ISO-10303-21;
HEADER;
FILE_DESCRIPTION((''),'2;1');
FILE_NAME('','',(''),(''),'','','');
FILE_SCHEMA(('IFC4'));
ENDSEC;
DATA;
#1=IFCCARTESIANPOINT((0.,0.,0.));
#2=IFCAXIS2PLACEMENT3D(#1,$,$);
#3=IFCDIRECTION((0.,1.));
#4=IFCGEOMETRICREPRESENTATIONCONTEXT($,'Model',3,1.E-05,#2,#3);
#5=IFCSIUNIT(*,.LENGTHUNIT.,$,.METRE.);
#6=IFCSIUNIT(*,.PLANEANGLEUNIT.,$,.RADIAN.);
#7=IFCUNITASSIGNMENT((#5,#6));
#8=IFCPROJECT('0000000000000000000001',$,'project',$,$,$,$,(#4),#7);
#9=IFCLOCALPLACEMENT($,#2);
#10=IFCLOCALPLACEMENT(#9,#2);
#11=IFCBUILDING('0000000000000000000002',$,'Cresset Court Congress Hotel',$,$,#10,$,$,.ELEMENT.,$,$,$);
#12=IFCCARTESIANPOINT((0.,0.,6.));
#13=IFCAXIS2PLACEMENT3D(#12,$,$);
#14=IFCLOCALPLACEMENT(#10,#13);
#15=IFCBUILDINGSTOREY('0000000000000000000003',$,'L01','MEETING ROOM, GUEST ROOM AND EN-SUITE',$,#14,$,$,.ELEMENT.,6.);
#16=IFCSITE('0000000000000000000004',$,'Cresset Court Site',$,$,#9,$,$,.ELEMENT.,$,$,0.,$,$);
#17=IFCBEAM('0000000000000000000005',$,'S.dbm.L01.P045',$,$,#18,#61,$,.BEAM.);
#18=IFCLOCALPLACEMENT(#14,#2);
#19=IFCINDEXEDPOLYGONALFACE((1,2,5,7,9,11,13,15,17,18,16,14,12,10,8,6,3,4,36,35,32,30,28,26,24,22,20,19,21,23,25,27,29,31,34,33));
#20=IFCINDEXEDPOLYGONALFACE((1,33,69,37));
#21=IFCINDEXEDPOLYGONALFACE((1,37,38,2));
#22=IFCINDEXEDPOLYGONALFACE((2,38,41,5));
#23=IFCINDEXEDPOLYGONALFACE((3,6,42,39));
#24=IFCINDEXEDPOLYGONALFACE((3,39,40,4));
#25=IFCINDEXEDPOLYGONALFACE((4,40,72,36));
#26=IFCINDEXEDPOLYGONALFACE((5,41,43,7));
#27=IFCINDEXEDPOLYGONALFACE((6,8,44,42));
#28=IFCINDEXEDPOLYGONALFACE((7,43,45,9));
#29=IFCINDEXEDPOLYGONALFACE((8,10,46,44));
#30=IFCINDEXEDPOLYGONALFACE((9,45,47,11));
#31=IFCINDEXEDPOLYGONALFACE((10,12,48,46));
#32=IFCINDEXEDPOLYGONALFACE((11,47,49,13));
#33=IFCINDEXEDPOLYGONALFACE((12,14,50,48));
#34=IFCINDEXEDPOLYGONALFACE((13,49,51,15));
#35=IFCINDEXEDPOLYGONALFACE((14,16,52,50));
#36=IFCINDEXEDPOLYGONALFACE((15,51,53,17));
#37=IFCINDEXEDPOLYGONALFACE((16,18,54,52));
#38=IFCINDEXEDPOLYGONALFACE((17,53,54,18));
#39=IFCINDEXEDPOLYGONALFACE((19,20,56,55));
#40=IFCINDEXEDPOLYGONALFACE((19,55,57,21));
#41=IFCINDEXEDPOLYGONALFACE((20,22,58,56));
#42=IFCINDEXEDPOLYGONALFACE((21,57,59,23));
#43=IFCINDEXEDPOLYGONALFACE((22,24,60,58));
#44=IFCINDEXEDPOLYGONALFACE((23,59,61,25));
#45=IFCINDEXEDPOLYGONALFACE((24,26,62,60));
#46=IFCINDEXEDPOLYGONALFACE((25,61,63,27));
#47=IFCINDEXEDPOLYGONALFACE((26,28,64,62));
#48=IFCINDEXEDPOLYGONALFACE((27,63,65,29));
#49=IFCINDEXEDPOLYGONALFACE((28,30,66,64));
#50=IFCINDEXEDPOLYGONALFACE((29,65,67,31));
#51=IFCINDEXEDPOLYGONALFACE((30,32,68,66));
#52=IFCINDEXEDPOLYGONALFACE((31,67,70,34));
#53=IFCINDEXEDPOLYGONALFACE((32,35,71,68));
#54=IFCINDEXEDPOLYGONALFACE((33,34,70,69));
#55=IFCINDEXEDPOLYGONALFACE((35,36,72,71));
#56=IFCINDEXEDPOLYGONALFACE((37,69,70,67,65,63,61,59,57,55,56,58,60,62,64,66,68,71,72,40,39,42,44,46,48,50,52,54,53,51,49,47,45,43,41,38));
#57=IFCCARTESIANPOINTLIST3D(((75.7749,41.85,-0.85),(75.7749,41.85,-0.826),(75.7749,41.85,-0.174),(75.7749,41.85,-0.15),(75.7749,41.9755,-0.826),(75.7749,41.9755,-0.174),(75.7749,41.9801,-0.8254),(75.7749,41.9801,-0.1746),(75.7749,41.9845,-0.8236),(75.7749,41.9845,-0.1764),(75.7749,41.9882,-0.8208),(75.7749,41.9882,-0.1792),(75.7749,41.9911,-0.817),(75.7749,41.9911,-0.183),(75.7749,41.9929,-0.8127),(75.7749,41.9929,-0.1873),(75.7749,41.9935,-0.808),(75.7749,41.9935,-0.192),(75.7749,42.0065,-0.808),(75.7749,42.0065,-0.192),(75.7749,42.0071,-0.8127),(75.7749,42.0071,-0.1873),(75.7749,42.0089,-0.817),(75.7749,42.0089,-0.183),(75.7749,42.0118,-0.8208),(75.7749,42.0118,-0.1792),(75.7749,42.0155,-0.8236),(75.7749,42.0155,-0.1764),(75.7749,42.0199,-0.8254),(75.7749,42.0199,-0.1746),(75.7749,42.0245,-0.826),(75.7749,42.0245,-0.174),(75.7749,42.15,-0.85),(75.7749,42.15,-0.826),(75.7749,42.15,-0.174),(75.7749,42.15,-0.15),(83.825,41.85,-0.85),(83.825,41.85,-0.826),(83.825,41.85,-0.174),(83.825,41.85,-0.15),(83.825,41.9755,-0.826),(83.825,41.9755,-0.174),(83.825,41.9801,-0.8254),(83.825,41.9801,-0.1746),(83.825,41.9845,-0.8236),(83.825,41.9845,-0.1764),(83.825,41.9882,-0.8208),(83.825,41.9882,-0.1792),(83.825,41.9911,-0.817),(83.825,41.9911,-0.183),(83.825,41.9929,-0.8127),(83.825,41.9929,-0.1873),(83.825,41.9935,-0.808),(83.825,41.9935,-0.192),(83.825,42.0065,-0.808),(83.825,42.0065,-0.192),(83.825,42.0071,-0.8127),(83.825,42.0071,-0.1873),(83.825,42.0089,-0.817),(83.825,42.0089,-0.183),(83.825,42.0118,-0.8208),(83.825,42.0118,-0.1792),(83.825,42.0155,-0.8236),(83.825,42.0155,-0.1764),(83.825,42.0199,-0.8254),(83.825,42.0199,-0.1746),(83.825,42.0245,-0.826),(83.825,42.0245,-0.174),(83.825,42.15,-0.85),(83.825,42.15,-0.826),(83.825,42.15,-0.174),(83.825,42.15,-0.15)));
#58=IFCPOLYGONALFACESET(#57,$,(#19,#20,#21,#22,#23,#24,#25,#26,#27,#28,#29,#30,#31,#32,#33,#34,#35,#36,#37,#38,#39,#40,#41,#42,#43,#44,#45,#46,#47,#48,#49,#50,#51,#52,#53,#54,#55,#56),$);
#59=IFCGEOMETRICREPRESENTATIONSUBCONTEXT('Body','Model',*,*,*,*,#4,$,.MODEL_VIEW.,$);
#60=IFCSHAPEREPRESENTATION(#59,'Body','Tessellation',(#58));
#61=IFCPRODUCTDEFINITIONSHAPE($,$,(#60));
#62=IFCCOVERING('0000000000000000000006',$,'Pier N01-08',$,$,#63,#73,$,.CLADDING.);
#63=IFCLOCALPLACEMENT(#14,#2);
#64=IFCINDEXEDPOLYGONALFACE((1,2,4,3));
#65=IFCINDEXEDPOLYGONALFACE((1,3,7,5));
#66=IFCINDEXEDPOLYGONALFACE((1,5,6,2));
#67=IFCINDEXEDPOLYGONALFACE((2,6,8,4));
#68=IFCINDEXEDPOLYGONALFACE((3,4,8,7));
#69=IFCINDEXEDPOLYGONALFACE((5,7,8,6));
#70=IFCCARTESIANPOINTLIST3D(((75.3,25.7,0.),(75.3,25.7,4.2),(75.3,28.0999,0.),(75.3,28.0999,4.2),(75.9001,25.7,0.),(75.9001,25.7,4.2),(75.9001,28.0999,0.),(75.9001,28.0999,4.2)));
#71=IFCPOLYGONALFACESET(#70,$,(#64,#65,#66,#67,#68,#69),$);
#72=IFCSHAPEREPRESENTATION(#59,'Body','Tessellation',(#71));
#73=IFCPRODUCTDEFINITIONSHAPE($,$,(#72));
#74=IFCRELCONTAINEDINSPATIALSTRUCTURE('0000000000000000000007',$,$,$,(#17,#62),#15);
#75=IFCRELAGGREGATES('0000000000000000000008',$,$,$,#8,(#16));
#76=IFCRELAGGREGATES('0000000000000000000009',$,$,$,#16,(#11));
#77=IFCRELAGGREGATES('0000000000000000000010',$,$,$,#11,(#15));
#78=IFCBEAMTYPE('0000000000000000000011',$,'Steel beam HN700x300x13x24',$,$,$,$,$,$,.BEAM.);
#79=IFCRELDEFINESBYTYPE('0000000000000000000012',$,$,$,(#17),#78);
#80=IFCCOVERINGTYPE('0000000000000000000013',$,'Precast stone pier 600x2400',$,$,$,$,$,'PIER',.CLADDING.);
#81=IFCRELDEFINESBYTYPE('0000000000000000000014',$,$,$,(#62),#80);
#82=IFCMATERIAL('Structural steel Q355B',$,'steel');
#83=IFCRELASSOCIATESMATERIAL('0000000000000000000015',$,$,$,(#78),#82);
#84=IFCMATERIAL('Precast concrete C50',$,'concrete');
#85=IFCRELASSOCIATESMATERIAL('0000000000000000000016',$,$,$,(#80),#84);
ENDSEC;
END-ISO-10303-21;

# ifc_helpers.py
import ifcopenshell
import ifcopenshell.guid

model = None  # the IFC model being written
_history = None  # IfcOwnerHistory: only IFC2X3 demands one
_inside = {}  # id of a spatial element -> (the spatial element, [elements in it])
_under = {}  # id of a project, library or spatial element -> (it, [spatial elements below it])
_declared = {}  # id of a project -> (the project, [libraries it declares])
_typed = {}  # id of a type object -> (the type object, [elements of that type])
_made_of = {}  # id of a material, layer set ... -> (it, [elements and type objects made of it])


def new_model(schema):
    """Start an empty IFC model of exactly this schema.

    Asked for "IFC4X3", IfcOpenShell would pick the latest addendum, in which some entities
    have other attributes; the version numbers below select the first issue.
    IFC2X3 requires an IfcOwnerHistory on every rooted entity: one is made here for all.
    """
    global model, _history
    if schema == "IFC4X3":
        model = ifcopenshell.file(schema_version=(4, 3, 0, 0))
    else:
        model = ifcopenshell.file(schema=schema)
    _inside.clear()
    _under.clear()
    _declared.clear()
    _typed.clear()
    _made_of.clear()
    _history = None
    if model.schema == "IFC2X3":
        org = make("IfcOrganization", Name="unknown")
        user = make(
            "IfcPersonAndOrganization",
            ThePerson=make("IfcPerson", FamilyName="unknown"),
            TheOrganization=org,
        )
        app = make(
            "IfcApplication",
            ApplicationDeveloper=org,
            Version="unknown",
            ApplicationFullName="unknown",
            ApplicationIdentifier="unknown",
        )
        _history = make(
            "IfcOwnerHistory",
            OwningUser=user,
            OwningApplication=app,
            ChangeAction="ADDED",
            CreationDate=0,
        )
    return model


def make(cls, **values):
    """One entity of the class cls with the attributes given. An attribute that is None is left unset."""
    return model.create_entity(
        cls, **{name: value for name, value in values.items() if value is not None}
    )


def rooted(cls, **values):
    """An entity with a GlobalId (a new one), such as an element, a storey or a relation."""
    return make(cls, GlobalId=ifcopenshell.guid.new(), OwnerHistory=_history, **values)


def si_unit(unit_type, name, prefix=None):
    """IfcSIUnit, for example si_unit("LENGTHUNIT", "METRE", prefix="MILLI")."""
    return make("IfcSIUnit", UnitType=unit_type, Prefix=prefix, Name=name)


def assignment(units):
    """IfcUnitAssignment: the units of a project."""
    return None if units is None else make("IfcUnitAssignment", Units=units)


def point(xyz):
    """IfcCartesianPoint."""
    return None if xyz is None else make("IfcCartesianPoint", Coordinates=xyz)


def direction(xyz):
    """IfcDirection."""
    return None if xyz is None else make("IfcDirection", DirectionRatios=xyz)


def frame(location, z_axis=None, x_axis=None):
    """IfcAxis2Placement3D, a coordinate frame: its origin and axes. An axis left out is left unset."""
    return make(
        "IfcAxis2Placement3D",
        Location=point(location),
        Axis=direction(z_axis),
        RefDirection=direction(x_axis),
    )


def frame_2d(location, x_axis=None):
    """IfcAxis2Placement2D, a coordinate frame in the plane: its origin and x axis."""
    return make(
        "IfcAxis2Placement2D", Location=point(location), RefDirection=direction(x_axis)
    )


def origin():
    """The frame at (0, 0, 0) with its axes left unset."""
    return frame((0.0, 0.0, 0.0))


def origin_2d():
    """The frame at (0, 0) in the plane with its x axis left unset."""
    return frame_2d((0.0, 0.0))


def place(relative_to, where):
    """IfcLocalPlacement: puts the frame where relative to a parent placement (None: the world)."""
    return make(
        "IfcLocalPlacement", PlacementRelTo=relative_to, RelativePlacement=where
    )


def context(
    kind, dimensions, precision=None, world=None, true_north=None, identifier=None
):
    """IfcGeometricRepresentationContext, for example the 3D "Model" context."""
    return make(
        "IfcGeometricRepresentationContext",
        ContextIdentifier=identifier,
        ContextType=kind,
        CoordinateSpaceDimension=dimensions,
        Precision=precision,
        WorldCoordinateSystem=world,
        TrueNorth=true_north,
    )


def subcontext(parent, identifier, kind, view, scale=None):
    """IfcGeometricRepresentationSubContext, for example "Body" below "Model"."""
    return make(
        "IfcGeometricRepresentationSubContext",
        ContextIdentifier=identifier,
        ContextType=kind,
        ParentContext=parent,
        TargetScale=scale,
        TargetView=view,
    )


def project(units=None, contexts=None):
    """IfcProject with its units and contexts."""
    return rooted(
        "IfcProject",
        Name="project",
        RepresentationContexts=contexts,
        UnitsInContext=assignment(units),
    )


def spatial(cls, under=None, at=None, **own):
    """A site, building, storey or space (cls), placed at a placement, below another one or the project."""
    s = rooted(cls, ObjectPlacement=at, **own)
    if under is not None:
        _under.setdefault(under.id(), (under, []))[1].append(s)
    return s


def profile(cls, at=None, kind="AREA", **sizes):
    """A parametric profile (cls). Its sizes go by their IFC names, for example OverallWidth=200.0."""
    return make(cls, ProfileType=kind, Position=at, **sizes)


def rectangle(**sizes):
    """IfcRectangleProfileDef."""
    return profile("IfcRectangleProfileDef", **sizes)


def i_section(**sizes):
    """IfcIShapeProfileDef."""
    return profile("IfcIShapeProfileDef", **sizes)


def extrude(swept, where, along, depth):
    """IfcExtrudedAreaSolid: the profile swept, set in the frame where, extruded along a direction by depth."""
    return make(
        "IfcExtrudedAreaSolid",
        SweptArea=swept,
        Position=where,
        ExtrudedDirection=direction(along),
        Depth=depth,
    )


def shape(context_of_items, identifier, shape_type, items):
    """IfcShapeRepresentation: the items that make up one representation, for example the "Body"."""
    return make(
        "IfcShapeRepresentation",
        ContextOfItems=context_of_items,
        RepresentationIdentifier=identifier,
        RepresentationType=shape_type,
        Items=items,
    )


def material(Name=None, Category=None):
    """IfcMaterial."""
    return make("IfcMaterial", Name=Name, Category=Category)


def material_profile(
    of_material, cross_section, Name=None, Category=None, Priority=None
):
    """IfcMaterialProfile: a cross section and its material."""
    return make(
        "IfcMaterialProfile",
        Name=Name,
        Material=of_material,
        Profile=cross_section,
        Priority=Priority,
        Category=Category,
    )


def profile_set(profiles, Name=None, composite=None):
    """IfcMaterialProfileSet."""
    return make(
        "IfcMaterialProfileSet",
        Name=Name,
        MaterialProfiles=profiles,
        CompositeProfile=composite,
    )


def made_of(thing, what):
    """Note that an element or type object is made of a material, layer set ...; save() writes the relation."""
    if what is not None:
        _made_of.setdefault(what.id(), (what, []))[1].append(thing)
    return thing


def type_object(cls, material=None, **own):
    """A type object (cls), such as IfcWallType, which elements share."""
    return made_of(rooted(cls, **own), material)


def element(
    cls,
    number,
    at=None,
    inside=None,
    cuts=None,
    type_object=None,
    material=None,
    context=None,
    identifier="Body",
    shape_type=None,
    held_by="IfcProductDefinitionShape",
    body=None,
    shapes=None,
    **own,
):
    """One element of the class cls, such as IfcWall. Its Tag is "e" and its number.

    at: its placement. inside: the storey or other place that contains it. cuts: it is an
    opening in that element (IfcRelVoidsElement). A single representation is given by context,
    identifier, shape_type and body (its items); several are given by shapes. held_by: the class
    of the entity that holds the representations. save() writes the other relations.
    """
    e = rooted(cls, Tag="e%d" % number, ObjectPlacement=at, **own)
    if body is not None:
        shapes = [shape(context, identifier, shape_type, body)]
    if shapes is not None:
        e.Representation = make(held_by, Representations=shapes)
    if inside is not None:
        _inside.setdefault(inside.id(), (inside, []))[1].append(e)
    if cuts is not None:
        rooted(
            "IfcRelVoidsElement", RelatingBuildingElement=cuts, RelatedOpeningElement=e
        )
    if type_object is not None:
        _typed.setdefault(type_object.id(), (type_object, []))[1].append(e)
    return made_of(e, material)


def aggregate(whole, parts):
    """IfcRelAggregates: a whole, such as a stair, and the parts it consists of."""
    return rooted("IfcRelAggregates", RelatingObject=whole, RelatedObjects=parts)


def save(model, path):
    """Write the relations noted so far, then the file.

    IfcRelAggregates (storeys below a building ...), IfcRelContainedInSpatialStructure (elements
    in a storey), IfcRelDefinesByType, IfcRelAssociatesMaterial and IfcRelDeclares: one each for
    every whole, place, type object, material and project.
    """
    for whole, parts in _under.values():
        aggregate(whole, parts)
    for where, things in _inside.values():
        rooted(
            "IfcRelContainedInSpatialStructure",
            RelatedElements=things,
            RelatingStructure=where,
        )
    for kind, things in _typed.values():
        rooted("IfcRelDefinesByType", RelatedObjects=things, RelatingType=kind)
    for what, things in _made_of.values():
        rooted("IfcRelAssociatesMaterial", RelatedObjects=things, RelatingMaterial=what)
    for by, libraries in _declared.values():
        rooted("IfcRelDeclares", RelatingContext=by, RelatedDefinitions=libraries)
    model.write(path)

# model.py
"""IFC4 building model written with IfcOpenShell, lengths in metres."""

from ifc_helpers import new_model, si_unit, direction, frame, origin, origin_2d, place, context, subcontext, project, spatial, rectangle, i_section, extrude, material, material_profile, profile_set, type_object, element, save


model = new_model("IFC4")

# Units and contexts
model_context = context("Model", 3, precision=1e-05, world=origin(), true_north=direction((0.0, 1.0)))
body_context = subcontext(model_context, "Body", "Model", "MODEL_VIEW")
ifc_project = project(units=[si_unit("LENGTHUNIT", "METRE"), si_unit("PLANEANGLEUNIT", "RADIAN")], contexts=[model_context])

# Site, building, storey
site_placement = place(None, origin())
site = spatial("IfcSite", under=ifc_project, at=site_placement, Name="Cresset Court Site", CompositionType="ELEMENT", RefElevation=0.0)
building_placement = place(site_placement, origin())
building = spatial("IfcBuilding", under=site, at=building_placement, Name="Cresset Court Congress Hotel", CompositionType="ELEMENT")
storey_placement = place(building_placement, frame((0.0, 0.0, 6.0)))
storey = spatial("IfcBuildingStorey", under=building, at=storey_placement, Name="L01", Description="MEETING ROOM, GUEST ROOM AND EN-SUITE", CompositionType="ELEMENT", Elevation=6.0)

# Beam
ifc_material_1 = material(Name="Structural steel Q355B", Category="steel")
ifc_material_profile_1 = material_profile(ifc_material_1, i_section(OverallWidth=0.3, OverallDepth=0.7, WebThickness=0.0129, FlangeThickness=0.0239, FilletRadius=0.0181, at=origin_2d()), Name="HN700x300x13x24")
ifc_profile_set_1 = profile_set([ifc_material_profile_1], Name="Structural steel Q355B")
beam_type_1 = type_object("IfcBeamType", Name="Steel beam HN700x300x13x24", PredefinedType="BEAM", material=ifc_profile_set_1)
for number, where, z_axis, x_axis, name in (
    (1, (75.7749, 42.0, -0.5), (1.0, 0.0, 0.0), (0.0, 1.0, 0.0), "S.dbm.L01.P045"),
):
    element("IfcBeam", number, at=place(storey_placement, frame(where, z_axis=z_axis, x_axis=x_axis)), inside=storey, type_object=beam_type_1, Name=name, PredefinedType="BEAM", context=body_context, shape_type="SweptSolid", body=[
        extrude(i_section(OverallWidth=0.3, OverallDepth=0.7, WebThickness=0.0129, FlangeThickness=0.0239, FilletRadius=0.0181, at=origin_2d()), origin(), (0.0, 0.0, 1.0), 8.05),
    ])

# Covering
ifc_material_2 = material(Name="Precast concrete C50", Category="concrete")
covering_type = type_object("IfcCoveringType", Name="Precast stone pier 600x2400", ElementType="PIER", PredefinedType="CLADDING", material=ifc_material_2)
covering_placement = place(storey_placement, frame((75.6001, 26.8999, 0.0), z_axis=(0.0, 0.0, 1.0), x_axis=(1.0, 0.0, 0.0)))
element("IfcCovering", 2, at=covering_placement, inside=storey, type_object=covering_type, Name="Pier N01-08", PredefinedType="CLADDING", context=body_context, shape_type="SweptSolid", body=[
    extrude(rectangle(XDim=0.6001, YDim=2.3999, at=origin_2d()), origin(), (0.0, 0.0, 1.0), 4.2),
])

save(model, "model.ifc")
